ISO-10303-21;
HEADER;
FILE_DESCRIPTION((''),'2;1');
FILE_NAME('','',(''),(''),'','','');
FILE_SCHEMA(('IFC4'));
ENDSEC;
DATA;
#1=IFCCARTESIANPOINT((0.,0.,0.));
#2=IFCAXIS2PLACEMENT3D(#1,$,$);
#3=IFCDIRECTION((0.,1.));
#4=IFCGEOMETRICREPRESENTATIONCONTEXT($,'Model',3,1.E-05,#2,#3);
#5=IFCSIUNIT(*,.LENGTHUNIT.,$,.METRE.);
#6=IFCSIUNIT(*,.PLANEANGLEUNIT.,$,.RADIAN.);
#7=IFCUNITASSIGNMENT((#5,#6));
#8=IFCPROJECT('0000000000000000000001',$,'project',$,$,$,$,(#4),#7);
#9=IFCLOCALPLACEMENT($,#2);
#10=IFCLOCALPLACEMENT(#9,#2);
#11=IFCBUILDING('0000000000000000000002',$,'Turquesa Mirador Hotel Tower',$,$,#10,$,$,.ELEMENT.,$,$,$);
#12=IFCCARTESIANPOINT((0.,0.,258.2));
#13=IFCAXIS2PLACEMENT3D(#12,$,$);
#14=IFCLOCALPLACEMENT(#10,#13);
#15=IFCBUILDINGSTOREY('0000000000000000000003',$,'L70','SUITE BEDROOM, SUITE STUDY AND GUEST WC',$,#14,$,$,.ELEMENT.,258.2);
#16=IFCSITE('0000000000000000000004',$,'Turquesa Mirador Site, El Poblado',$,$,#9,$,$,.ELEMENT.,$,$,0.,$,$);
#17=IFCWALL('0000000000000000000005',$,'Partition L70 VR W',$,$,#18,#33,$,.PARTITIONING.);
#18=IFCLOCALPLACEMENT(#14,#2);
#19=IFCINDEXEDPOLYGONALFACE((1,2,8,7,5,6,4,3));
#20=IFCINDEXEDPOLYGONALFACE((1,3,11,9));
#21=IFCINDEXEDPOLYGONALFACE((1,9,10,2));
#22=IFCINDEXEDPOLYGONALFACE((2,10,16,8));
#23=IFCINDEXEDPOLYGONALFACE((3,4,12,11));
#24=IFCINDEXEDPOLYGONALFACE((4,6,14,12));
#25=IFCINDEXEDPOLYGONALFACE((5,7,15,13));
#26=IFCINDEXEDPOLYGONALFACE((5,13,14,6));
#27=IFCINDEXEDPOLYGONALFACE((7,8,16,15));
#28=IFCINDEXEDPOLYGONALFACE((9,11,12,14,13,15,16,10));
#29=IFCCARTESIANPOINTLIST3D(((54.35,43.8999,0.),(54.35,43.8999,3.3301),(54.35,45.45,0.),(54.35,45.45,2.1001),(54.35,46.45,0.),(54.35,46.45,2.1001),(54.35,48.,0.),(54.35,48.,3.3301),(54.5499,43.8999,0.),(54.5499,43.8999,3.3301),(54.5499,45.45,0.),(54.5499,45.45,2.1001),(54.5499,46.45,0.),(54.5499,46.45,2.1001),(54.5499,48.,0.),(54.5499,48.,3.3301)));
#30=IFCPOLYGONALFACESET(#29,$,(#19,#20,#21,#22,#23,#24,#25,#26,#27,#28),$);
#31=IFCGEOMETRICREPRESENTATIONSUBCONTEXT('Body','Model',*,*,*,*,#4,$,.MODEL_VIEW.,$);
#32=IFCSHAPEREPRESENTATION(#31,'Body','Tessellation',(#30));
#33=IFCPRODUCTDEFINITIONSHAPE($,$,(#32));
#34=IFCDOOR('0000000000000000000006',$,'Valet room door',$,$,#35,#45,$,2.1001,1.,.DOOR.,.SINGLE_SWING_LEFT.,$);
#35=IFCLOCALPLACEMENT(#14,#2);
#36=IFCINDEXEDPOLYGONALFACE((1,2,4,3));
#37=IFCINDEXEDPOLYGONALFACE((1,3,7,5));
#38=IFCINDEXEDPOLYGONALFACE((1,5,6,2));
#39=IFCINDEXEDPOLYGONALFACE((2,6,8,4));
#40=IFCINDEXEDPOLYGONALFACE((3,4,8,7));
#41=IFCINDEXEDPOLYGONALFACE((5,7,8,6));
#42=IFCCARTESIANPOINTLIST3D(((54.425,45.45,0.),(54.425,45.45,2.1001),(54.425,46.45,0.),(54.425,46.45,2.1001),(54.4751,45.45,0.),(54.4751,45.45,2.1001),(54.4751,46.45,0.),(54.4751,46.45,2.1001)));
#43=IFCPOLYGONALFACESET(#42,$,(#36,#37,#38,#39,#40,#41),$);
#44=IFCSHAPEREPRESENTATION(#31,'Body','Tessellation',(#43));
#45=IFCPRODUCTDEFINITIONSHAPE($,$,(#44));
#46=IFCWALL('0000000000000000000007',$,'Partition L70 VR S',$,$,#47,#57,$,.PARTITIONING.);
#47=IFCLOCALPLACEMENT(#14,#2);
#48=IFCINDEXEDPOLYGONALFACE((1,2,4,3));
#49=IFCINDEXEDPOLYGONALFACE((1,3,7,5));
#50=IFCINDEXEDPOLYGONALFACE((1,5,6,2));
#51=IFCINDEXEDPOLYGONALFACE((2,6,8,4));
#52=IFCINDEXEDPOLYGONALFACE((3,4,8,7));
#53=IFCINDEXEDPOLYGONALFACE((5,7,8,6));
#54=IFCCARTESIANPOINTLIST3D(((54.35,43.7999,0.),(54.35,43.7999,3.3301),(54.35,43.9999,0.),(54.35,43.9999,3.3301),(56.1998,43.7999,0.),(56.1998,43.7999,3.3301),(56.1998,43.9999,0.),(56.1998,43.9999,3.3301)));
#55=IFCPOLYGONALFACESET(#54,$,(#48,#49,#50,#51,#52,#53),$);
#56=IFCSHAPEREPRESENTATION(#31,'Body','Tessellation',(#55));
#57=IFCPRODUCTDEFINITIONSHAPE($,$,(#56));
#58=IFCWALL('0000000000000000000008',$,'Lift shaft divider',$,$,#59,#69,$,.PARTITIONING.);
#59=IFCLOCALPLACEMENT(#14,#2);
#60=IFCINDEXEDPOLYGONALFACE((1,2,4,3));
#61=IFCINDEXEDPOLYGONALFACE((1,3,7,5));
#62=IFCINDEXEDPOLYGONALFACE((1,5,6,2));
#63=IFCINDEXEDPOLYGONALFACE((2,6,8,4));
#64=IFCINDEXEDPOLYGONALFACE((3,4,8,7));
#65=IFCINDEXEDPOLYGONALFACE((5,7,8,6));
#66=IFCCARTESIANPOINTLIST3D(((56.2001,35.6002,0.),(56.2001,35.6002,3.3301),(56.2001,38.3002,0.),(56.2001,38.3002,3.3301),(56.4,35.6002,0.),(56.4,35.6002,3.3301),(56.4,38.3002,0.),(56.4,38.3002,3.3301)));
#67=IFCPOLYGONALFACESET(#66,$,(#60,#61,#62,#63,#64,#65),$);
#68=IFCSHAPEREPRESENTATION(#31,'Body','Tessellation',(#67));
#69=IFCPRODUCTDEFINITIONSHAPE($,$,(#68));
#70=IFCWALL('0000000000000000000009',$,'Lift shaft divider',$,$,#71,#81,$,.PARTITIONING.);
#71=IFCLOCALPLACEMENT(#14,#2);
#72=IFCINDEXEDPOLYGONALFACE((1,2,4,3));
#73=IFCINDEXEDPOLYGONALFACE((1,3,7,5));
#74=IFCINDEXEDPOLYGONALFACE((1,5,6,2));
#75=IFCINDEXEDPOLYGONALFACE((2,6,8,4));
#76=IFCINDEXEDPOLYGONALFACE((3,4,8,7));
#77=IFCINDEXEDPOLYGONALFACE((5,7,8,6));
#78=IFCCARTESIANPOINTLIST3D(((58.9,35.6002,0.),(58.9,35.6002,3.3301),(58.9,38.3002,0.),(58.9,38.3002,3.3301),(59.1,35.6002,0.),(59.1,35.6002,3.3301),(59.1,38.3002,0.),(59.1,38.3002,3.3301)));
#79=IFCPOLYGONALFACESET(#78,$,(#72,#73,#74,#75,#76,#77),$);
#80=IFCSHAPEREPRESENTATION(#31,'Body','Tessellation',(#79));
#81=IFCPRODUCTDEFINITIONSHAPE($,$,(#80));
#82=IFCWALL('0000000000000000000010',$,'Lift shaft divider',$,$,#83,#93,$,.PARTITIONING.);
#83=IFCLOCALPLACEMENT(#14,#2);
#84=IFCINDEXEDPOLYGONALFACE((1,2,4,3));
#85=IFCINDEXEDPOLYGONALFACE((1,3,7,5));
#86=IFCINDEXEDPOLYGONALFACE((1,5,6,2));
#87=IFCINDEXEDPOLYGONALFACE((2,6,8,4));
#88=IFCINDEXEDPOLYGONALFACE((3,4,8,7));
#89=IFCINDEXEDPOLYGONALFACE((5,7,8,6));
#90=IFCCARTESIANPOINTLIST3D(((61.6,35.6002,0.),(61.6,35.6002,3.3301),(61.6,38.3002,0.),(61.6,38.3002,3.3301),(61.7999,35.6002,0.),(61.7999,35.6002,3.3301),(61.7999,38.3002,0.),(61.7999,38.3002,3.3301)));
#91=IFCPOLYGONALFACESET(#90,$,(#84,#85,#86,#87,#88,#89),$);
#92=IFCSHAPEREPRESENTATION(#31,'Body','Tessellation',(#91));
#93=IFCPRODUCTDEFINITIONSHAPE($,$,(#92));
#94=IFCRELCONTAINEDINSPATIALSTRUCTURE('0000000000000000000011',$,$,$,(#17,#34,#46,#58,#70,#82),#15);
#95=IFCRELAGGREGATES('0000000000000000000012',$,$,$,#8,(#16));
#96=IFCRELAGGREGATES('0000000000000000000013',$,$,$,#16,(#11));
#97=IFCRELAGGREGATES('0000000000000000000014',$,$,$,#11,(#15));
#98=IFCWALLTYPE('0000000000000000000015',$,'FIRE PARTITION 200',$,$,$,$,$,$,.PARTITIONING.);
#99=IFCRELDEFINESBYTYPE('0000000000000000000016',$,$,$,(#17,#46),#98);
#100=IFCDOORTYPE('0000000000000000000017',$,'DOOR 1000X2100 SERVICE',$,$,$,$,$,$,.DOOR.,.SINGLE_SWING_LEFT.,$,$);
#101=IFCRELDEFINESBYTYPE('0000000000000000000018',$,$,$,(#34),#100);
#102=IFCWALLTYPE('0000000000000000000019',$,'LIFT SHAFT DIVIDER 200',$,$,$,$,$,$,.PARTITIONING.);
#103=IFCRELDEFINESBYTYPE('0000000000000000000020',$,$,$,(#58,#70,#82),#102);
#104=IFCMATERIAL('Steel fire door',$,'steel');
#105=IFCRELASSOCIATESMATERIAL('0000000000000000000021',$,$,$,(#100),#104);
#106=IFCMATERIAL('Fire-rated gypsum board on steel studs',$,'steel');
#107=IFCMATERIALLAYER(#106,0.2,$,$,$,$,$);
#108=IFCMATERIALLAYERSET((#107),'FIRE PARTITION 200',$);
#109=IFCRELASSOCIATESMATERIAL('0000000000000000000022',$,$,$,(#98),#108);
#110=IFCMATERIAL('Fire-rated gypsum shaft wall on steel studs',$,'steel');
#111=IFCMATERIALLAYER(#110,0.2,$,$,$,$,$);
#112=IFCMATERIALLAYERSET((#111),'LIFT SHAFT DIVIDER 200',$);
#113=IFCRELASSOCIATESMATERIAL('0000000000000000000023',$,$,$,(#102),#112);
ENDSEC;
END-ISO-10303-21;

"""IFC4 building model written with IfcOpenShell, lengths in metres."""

from ifc_helpers import new_model, si_unit, direction, frame, frame_2d, origin, place, context, subcontext, project, spatial, rectangle, extrude, material, layer, layer_set, type_object, element, fill, save


model = new_model("IFC4")

# Units and contexts
model_context = context("Model", 3, precision=1e-05, world=origin(), true_north=direction((0.0, 1.0)))
body_context = subcontext(model_context, "Body", "Model", "MODEL_VIEW")
ifc_project = project(units=[si_unit("LENGTHUNIT", "METRE"), si_unit("PLANEANGLEUNIT", "RADIAN")], contexts=[model_context])

# Site, building, storey
site_placement = place(None, origin())
site = spatial("IfcSite", under=ifc_project, at=site_placement, Name="Turquesa Mirador Site, El Poblado", CompositionType="ELEMENT", RefElevation=0.0)
building_placement = place(site_placement, origin())
building = spatial("IfcBuilding", under=site, at=building_placement, Name="Turquesa Mirador Hotel Tower", CompositionType="ELEMENT")
storey_placement = place(building_placement, frame((0.0, 0.0, 258.2)))
storey = spatial("IfcBuildingStorey", under=building, at=storey_placement, Name="L70", Description="SUITE BEDROOM, SUITE STUDY AND GUEST WC", CompositionType="ELEMENT", Elevation=258.2)

# Shared definitions
ifc_material_1 = material(Name="Steel fire door", Category="steel")
door_type_1 = type_object("IfcDoorType", Name="DOOR 1000X2100 SERVICE", OperationType="SINGLE_SWING_LEFT", PredefinedType="DOOR", material=ifc_material_1)

# Shared definitions
ifc_material_2 = material(Name="Fire-rated gypsum board on steel studs", Category="steel")
ifc_layer_1 = layer(ifc_material_2, 0.2)
ifc_layer_set_1 = layer_set([ifc_layer_1], Name="FIRE PARTITION 200")
wall_type_1 = type_object("IfcWallType", Name="FIRE PARTITION 200", PredefinedType="PARTITIONING", material=ifc_layer_set_1)

# Wall, opening, door
wall_1_placement = place(storey_placement, frame((54.45, 43.8999, 0.0), z_axis=(0.0, 0.0, 1.0), x_axis=(0.0, 1.0, 0.0)))
wall_1 = element("IfcWall", 1, at=wall_1_placement, inside=storey, type_object=wall_type_1, Name="Partition L70 VR W", PredefinedType="PARTITIONING", context=body_context, shape_type="SweptSolid", body=[
    extrude(rectangle(XDim=4.1001, YDim=0.2, at=frame_2d((2.05, 0.0))), origin(), (0.0, 0.0, 1.0), 3.3301),
])
opening_1_placement = place(wall_1_placement, frame((1.55, 0.0, 0.0)))
opening_1 = element("IfcOpeningElement", 2, at=opening_1_placement, cuts=wall_1, PredefinedType="OPENING", context=body_context, shape_type="SweptSolid", body=[
    extrude(rectangle(XDim=1.0, YDim=2.1001, at=frame_2d((0.5, 1.05))), frame((0.0, 0.1099, 0.0), z_axis=(0.0, -1.0, 0.0), x_axis=(1.0, 0.0, 0.0)), (0.0, 0.0, 1.0), 0.22),
])
door_1_placement = place(opening_1_placement, origin())
door_1 = element("IfcDoor", 3, at=door_1_placement, inside=storey, type_object=door_type_1, Name="Valet room door", OperationType="SINGLE_SWING_LEFT", OverallHeight=2.1001, OverallWidth=1.0, PredefinedType="DOOR", context=body_context, shape_type="SweptSolid", body=[
    extrude(rectangle(XDim=1.0, YDim=2.1001, at=frame_2d((0.5, 1.05))), frame((0.0, 0.0249, 0.0), z_axis=(0.0, -1.0, 0.0), x_axis=(1.0, 0.0, 0.0)), (0.0, 0.0, 1.0), 0.05),
])
fill(opening_1, door_1)

# Walls
wall_2_placement = place(storey_placement, frame((54.3501, 43.8999, 0.0), z_axis=(0.0, 0.0, 1.0), x_axis=(1.0, 0.0, 0.0)))
element("IfcWall", 4, at=wall_2_placement, inside=storey, type_object=wall_type_1, Name="Partition L70 VR S", PredefinedType="PARTITIONING", context=body_context, shape_type="SweptSolid", body=[
    extrude(rectangle(XDim=1.8499, YDim=0.2, at=frame_2d((0.9248, 0.0))), origin(), (0.0, 0.0, 1.0), 3.3301),
])
ifc_material_3 = material(Name="Fire-rated gypsum shaft wall on steel studs", Category="steel")
ifc_layer_2 = layer(ifc_material_3, 0.2)
ifc_layer_set_2 = layer_set([ifc_layer_2], Name="LIFT SHAFT DIVIDER 200")
wall_type_2 = type_object("IfcWallType", Name="LIFT SHAFT DIVIDER 200", PredefinedType="PARTITIONING", material=ifc_layer_set_2)
for number, where, z_axis, x_axis, name in (
    (5, (56.3, 35.6001, 0.0), (0.0, 0.0, 1.0), (0.0, 1.0, 0.0), "Lift shaft divider"),
    (6, (59.0, 35.6001, 0.0), (0.0, 0.0, 1.0), (0.0, 1.0, 0.0), "Lift shaft divider"),
    (7, (61.7, 35.6001, 0.0), (0.0, 0.0, 1.0), (0.0, 1.0, 0.0), "Lift shaft divider"),
):
    element("IfcWall", number, at=place(storey_placement, frame(where, z_axis=z_axis, x_axis=x_axis)), inside=storey, type_object=wall_type_2, Name=name, PredefinedType="PARTITIONING", context=body_context, shape_type="SweptSolid", body=[
        extrude(rectangle(XDim=2.7, YDim=0.2, at=frame_2d((1.3501, 0.0))), origin(), (0.0, 0.0, 1.0), 3.3301),
    ])

save(model, "model.ifc")
